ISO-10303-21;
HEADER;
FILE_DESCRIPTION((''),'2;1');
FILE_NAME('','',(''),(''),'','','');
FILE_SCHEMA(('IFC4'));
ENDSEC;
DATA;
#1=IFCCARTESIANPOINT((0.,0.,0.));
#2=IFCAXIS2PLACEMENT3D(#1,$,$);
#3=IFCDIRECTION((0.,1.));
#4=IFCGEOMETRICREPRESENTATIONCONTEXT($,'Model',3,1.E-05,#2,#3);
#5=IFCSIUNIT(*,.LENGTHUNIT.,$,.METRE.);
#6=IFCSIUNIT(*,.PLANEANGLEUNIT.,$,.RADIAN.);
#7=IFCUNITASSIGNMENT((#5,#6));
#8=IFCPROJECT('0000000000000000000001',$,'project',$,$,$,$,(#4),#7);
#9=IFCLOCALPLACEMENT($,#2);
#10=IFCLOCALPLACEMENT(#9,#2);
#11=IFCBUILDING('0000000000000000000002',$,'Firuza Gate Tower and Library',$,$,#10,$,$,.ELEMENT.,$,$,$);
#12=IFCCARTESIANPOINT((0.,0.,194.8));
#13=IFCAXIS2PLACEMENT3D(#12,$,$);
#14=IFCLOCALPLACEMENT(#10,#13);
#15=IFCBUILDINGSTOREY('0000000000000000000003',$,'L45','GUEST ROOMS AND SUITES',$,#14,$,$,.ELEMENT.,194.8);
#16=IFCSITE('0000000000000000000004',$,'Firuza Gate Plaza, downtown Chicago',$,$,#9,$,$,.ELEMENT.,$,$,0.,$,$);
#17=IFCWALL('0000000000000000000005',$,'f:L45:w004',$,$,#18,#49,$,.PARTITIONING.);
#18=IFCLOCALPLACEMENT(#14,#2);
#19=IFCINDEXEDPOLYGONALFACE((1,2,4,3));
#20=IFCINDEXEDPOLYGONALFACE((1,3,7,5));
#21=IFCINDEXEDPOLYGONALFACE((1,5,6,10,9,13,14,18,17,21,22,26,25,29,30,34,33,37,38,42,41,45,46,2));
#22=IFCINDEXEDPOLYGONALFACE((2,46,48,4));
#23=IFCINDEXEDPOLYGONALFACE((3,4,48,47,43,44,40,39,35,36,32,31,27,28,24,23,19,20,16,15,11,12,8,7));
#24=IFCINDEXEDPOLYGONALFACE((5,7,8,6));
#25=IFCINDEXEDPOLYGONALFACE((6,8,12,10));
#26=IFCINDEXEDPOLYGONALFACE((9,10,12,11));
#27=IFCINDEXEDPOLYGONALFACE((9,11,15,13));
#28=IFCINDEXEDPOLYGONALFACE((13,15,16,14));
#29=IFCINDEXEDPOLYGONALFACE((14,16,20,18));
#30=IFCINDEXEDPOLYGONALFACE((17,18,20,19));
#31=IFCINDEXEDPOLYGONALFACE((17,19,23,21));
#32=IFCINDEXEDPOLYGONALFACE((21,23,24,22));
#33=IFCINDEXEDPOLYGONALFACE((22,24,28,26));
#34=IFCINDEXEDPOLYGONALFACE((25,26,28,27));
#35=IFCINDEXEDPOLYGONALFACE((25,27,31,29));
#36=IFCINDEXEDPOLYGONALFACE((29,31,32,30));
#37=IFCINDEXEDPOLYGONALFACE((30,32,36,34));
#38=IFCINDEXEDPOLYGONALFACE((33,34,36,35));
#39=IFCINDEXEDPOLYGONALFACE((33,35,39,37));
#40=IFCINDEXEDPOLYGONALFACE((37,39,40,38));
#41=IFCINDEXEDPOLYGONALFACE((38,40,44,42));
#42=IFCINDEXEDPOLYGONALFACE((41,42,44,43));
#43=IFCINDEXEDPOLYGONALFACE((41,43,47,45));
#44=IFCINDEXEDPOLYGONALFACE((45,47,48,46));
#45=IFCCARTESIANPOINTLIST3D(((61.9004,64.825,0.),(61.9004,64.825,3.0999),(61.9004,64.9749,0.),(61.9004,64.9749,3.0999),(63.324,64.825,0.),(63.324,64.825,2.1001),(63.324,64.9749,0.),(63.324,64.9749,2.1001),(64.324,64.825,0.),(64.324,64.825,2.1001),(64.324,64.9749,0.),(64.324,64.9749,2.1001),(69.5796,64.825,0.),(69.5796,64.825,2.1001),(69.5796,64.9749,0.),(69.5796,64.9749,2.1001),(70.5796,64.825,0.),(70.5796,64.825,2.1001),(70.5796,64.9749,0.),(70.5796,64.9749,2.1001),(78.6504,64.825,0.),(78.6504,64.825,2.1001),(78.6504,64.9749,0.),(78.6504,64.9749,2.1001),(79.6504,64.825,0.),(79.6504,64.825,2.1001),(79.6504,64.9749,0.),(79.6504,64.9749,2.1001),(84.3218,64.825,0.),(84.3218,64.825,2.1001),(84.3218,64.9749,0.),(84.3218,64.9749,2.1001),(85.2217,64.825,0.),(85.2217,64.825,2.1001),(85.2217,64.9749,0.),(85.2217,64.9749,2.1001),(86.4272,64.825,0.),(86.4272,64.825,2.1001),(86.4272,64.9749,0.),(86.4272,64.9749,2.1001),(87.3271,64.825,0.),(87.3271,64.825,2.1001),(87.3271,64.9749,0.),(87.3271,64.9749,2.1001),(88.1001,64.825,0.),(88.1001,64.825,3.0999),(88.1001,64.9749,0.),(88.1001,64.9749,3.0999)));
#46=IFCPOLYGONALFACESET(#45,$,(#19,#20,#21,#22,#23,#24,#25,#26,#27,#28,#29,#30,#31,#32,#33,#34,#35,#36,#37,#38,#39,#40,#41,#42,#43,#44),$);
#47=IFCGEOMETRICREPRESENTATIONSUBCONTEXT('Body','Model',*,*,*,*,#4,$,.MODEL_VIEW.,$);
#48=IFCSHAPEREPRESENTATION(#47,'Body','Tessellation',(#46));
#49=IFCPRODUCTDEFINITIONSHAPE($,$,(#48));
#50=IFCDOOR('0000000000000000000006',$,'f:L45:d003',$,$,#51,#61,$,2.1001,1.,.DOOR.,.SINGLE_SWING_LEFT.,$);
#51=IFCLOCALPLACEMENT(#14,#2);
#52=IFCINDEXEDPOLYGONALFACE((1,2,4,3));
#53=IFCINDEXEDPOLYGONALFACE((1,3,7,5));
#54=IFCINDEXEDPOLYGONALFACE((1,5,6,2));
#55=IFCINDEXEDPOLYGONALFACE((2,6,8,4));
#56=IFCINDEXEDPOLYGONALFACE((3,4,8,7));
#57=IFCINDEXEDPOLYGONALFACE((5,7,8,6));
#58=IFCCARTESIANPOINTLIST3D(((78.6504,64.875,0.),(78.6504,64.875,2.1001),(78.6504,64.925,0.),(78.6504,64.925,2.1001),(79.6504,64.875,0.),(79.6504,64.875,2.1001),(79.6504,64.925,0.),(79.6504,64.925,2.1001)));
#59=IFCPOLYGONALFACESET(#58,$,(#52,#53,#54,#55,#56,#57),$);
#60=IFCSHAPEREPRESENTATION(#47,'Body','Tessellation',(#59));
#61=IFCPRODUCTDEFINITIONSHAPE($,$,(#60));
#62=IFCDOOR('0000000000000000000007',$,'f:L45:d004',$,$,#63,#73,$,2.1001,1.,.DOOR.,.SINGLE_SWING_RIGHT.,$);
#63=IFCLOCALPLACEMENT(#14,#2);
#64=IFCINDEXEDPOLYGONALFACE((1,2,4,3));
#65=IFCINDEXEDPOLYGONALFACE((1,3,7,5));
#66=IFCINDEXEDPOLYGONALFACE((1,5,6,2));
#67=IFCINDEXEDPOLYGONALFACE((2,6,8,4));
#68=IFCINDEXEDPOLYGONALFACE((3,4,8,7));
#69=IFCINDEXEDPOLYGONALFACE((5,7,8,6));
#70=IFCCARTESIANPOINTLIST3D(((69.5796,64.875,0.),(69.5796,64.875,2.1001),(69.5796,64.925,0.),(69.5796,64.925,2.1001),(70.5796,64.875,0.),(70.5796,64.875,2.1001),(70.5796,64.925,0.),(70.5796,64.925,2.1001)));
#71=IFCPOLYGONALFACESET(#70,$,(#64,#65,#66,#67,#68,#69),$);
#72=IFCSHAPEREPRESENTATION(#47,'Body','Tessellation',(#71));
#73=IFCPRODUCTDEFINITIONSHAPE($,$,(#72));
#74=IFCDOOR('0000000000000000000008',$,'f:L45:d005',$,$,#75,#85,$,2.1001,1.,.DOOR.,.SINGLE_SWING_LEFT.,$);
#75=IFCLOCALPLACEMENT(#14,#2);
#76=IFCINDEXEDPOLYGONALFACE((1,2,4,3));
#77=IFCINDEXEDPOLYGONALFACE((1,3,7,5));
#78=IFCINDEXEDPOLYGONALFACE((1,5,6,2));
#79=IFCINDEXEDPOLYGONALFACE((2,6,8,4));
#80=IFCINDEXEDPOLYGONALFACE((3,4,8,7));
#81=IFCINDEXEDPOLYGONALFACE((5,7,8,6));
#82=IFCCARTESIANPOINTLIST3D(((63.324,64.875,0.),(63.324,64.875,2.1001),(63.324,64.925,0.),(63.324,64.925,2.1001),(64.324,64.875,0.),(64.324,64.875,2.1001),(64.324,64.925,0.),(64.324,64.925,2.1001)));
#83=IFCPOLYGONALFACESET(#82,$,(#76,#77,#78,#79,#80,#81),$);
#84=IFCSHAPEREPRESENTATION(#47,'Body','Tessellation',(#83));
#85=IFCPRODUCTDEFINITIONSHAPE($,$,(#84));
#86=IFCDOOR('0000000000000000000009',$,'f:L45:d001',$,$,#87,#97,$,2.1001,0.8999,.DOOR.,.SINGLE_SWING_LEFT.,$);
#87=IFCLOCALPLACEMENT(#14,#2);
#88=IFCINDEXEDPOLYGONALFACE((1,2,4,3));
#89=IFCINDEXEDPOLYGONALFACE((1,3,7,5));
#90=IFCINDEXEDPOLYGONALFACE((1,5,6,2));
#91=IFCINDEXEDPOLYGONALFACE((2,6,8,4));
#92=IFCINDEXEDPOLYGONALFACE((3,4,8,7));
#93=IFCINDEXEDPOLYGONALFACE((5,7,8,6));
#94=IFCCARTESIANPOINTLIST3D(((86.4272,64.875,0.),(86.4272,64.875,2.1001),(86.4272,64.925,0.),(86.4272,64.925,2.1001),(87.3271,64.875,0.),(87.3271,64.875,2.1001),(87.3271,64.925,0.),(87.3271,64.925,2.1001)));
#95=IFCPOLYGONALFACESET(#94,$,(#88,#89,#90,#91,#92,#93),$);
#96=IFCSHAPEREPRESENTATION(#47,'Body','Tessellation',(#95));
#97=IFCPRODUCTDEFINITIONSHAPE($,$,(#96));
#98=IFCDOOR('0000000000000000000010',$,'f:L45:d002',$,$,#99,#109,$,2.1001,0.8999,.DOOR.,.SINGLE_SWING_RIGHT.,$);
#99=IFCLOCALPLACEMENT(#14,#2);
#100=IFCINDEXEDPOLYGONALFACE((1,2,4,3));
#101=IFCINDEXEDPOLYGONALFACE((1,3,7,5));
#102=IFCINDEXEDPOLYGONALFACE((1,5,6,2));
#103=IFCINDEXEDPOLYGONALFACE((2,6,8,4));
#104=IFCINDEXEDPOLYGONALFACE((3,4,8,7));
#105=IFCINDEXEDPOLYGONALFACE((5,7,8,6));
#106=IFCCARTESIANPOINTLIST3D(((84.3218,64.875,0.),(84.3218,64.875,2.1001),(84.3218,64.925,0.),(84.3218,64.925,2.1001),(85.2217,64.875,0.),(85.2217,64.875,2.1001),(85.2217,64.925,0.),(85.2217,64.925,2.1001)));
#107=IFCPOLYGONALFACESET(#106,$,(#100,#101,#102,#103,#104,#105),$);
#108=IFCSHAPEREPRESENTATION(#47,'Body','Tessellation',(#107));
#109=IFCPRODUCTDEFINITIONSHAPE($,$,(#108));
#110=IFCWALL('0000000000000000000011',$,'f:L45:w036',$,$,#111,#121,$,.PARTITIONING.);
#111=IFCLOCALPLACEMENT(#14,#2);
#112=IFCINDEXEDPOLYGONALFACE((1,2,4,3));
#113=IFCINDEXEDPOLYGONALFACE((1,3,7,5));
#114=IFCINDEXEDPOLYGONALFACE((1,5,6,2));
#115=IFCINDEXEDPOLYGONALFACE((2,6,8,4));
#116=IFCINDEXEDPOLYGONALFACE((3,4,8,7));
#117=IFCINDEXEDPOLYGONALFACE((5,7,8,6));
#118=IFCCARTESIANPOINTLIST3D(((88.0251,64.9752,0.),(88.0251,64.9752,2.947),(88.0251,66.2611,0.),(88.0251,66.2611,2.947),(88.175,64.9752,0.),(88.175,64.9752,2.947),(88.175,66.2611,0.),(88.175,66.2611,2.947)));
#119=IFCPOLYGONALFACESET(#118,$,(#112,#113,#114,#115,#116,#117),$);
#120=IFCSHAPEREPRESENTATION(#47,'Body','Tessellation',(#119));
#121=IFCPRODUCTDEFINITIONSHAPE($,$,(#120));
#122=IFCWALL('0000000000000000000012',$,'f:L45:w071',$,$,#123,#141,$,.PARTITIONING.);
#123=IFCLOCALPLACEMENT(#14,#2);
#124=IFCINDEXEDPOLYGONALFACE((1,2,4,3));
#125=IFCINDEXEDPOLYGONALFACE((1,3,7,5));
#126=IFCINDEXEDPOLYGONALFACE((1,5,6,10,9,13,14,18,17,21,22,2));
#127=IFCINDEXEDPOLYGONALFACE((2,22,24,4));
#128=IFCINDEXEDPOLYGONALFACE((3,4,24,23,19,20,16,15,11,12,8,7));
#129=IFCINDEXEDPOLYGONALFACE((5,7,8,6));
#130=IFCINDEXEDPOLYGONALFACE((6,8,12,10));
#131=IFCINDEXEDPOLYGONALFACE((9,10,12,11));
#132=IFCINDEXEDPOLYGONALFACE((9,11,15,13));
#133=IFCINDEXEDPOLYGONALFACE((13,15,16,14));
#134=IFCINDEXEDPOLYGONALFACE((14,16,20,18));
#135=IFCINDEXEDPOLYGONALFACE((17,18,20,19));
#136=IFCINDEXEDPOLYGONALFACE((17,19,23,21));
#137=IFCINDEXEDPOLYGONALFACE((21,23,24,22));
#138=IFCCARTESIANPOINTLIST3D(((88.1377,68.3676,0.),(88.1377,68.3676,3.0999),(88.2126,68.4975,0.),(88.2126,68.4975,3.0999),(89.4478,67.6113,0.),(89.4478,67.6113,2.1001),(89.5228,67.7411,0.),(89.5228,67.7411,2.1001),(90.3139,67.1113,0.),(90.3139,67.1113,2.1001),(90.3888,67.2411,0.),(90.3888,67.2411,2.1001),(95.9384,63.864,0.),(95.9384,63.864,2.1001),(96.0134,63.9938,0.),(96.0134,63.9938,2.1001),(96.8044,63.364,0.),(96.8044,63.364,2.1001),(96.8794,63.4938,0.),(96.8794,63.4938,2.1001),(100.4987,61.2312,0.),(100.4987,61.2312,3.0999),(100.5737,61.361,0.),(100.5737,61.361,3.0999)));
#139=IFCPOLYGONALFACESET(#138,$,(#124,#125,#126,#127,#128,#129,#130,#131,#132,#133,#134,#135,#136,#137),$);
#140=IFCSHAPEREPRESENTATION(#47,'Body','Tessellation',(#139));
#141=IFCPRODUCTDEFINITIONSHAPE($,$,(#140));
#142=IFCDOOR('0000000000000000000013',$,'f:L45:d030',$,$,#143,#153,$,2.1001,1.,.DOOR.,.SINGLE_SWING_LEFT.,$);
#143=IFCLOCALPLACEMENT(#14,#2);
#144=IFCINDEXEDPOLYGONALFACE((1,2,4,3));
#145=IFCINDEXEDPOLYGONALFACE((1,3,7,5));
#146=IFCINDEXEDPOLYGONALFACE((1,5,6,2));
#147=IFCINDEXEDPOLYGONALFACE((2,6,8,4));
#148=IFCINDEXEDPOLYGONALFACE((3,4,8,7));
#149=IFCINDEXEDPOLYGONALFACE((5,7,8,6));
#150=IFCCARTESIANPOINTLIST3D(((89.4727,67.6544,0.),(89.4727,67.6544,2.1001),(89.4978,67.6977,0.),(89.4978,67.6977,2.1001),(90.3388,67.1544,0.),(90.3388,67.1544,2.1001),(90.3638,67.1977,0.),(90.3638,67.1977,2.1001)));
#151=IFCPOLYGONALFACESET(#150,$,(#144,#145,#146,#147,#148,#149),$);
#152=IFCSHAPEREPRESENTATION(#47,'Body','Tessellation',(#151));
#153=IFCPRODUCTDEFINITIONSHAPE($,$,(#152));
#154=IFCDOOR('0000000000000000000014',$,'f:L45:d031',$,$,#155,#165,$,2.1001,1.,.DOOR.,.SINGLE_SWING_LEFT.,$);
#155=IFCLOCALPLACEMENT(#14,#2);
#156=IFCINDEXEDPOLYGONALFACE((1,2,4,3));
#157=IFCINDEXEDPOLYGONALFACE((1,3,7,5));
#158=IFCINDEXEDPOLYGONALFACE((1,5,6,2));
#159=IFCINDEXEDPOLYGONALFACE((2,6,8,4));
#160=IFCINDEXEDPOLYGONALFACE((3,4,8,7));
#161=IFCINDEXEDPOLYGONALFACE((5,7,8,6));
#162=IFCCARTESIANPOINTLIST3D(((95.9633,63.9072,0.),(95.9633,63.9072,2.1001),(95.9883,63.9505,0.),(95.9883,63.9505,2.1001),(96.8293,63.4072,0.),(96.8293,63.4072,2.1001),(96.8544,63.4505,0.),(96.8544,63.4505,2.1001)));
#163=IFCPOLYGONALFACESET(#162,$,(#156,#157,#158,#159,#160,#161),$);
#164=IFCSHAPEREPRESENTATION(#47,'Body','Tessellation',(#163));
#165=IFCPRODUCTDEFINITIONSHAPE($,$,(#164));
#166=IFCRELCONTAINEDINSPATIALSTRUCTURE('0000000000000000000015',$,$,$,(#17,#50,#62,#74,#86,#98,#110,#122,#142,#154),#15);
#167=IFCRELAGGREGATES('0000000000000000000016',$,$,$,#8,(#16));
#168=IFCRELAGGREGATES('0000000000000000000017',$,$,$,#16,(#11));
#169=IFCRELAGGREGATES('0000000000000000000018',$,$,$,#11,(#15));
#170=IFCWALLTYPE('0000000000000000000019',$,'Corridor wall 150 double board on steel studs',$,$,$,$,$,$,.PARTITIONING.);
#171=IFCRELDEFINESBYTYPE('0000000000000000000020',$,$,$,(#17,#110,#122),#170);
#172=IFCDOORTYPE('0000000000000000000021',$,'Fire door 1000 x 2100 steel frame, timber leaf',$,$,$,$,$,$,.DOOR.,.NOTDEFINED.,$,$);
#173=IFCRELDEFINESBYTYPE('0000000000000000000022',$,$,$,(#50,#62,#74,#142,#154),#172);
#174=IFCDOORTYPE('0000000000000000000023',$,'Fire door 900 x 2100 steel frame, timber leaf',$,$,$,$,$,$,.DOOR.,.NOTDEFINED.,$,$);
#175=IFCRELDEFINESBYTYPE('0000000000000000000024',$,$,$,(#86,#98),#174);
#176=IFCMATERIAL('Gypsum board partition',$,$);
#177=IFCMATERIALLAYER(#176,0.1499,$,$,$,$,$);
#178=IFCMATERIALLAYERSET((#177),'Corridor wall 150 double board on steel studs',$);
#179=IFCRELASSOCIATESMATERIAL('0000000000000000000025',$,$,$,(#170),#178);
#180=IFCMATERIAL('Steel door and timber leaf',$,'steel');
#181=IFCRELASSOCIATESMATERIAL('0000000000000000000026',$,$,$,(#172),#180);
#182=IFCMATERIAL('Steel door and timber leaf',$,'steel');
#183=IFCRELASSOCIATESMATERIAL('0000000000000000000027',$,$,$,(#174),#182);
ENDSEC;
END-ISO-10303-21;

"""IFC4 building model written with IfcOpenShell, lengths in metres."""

from ifc_helpers import new_model, si_unit, direction, frame, frame_2d, origin, place, context, subcontext, project, spatial, rectangle, extrude, material, layer, layer_set, type_object, element, fill, save


model = new_model("IFC4")

# Units and contexts
model_context = context("Model", 3, precision=1e-05, world=origin(), true_north=direction((0.0, 1.0)))
body_context = subcontext(model_context, "Body", "Model", "MODEL_VIEW")
ifc_project = project(units=[si_unit("LENGTHUNIT", "METRE"), si_unit("PLANEANGLEUNIT", "RADIAN")], contexts=[model_context])

# Site, building, storey
site_placement = place(None, origin())
site = spatial("IfcSite", under=ifc_project, at=site_placement, Name="Firuza Gate Plaza, downtown Chicago", CompositionType="ELEMENT", RefElevation=0.0)
building_placement = place(site_placement, origin())
building = spatial("IfcBuilding", under=site, at=building_placement, Name="Firuza Gate Tower and Library", CompositionType="ELEMENT")
storey_placement = place(building_placement, frame((0.0, 0.0, 194.8)))
storey = spatial("IfcBuildingStorey", under=building, at=storey_placement, Name="L45", Description="GUEST ROOMS AND SUITES", CompositionType="ELEMENT", Elevation=194.8)

# Wall, openings, doors
ifc_material_1 = material(Name="Gypsum board partition")
ifc_layer_1 = layer(ifc_material_1, 0.1499)
ifc_layer_set_1 = layer_set([ifc_layer_1], Name="Corridor wall 150 double board on steel studs")
wall_type_1 = type_object("IfcWallType", Name="Corridor wall 150 double board on steel studs", PredefinedType="PARTITIONING", material=ifc_layer_set_1)
wall_1_placement = place(storey_placement, frame((88.1001, 64.8999, 0.0), z_axis=(0.0, 0.0, 1.0), x_axis=(-1.0, 0.0, 0.0)))
wall_1 = element("IfcWall", 1, at=wall_1_placement, inside=storey, type_object=wall_type_1, Name="f:L45:w004", PredefinedType="PARTITIONING", context=body_context, shape_type="SweptSolid", body=[
    extrude(rectangle(XDim=26.1997, YDim=0.1499, at=frame_2d((13.0999, 0.0))), origin(), (0.0, 0.0, 1.0), 3.0999),
])
opening_1_placement = place(wall_1_placement, frame((0.7729, 0.0, 0.0)))
opening_1 = element("IfcOpeningElement", 2, at=opening_1_placement, cuts=wall_1, PredefinedType="OPENING", context=body_context, shape_type="SweptSolid", body=[
    extrude(rectangle(XDim=0.8999, YDim=2.1001, at=frame_2d((0.45, 1.05))), frame((0.0, 0.085, 0.0), z_axis=(0.0, -1.0, 0.0), x_axis=(1.0, 0.0, 0.0)), (0.0, 0.0, 1.0), 0.1699),
])
opening_2_placement = place(wall_1_placement, frame((2.8784, 0.0, 0.0)))
opening_2 = element("IfcOpeningElement", 3, at=opening_2_placement, cuts=wall_1, PredefinedType="OPENING", context=body_context, shape_type="SweptSolid", body=[
    extrude(rectangle(XDim=0.8999, YDim=2.1001, at=frame_2d((0.45, 1.05))), frame((0.0, 0.085, 0.0), z_axis=(0.0, -1.0, 0.0), x_axis=(1.0, 0.0, 0.0)), (0.0, 0.0, 1.0), 0.1699),
])
opening_3_placement = place(wall_1_placement, frame((8.4497, 0.0, 0.0)))
opening_3 = element("IfcOpeningElement", 4, at=opening_3_placement, cuts=wall_1, PredefinedType="OPENING", context=body_context, shape_type="SweptSolid", body=[
    extrude(rectangle(XDim=1.0, YDim=2.1001, at=frame_2d((0.5, 1.05))), frame((0.0, 0.085, 0.0), z_axis=(0.0, -1.0, 0.0), x_axis=(1.0, 0.0, 0.0)), (0.0, 0.0, 1.0), 0.1699),
])
opening_4_placement = place(wall_1_placement, frame((17.5205, 0.0, 0.0)))
opening_4 = element("IfcOpeningElement", 5, at=opening_4_placement, cuts=wall_1, PredefinedType="OPENING", context=body_context, shape_type="SweptSolid", body=[
    extrude(rectangle(XDim=1.0, YDim=2.1001, at=frame_2d((0.5, 1.05))), frame((0.0, 0.085, 0.0), z_axis=(0.0, -1.0, 0.0), x_axis=(1.0, 0.0, 0.0)), (0.0, 0.0, 1.0), 0.1699),
])
opening_5_placement = place(wall_1_placement, frame((23.7761, 0.0, 0.0)))
opening_5 = element("IfcOpeningElement", 6, at=opening_5_placement, cuts=wall_1, PredefinedType="OPENING", context=body_context, shape_type="SweptSolid", body=[
    extrude(rectangle(XDim=1.0, YDim=2.1001, at=frame_2d((0.5, 1.05))), frame((0.0, 0.085, 0.0), z_axis=(0.0, -1.0, 0.0), x_axis=(1.0, 0.0, 0.0)), (0.0, 0.0, 1.0), 0.1699),
])
ifc_material_2 = material(Name="Steel door and timber leaf", Category="steel")
door_type_1 = type_object("IfcDoorType", Name="Fire door 1000 x 2100 steel frame, timber leaf", OperationType="NOTDEFINED", PredefinedType="DOOR", material=ifc_material_2)
door_1_placement = place(opening_3_placement, origin())
door_1 = element("IfcDoor", 7, at=door_1_placement, inside=storey, type_object=door_type_1, Name="f:L45:d003", OperationType="SINGLE_SWING_LEFT", OverallHeight=2.1001, OverallWidth=1.0, PredefinedType="DOOR", context=body_context, shape_type="SweptSolid", body=[
    extrude(rectangle(XDim=1.0, YDim=2.1001, at=frame_2d((0.5, 1.05))), frame((0.0, 0.0249, 0.0), z_axis=(0.0, -1.0, 0.0), x_axis=(1.0, 0.0, 0.0)), (0.0, 0.0, 1.0), 0.05),
])
fill(opening_3, door_1)
door_2_placement = place(opening_4_placement, origin())
door_2 = element("IfcDoor", 8, at=door_2_placement, inside=storey, type_object=door_type_1, Name="f:L45:d004", OperationType="SINGLE_SWING_RIGHT", OverallHeight=2.1001, OverallWidth=1.0, PredefinedType="DOOR", context=body_context, shape_type="SweptSolid", body=[
    extrude(rectangle(XDim=1.0, YDim=2.1001, at=frame_2d((0.5, 1.05))), frame((0.0, 0.0249, 0.0), z_axis=(0.0, -1.0, 0.0), x_axis=(1.0, 0.0, 0.0)), (0.0, 0.0, 1.0), 0.05),
])
fill(opening_4, door_2)
door_3_placement = place(opening_5_placement, origin())
door_3 = element("IfcDoor", 9, at=door_3_placement, inside=storey, type_object=door_type_1, Name="f:L45:d005", OperationType="SINGLE_SWING_LEFT", OverallHeight=2.1001, OverallWidth=1.0, PredefinedType="DOOR", context=body_context, shape_type="SweptSolid", body=[
    extrude(rectangle(XDim=1.0, YDim=2.1001, at=frame_2d((0.5, 1.05))), frame((0.0, 0.0249, 0.0), z_axis=(0.0, -1.0, 0.0), x_axis=(1.0, 0.0, 0.0)), (0.0, 0.0, 1.0), 0.05),
])
fill(opening_5, door_3)
ifc_material_3 = material(Name="Steel door and timber leaf", Category="steel")
door_type_2 = type_object("IfcDoorType", Name="Fire door 900 x 2100 steel frame, timber leaf", OperationType="NOTDEFINED", PredefinedType="DOOR", material=ifc_material_3)
door_4_placement = place(opening_1_placement, origin())
door_4 = element("IfcDoor", 10, at=door_4_placement, inside=storey, type_object=door_type_2, Name="f:L45:d001", OperationType="SINGLE_SWING_LEFT", OverallHeight=2.1001, OverallWidth=0.8999, PredefinedType="DOOR", context=body_context, shape_type="SweptSolid", body=[
    extrude(rectangle(XDim=0.8999, YDim=2.1001, at=frame_2d((0.45, 1.05))), frame((0.0, 0.0249, 0.0), z_axis=(0.0, -1.0, 0.0), x_axis=(1.0, 0.0, 0.0)), (0.0, 0.0, 1.0), 0.05),
])
fill(opening_1, door_4)
door_5_placement = place(opening_2_placement, origin())
door_5 = element("IfcDoor", 11, at=door_5_placement, inside=storey, type_object=door_type_2, Name="f:L45:d002", OperationType="SINGLE_SWING_RIGHT", OverallHeight=2.1001, OverallWidth=0.8999, PredefinedType="DOOR", context=body_context, shape_type="SweptSolid", body=[
    extrude(rectangle(XDim=0.8999, YDim=2.1001, at=frame_2d((0.45, 1.05))), frame((0.0, 0.0249, 0.0), z_axis=(0.0, -1.0, 0.0), x_axis=(1.0, 0.0, 0.0)), (0.0, 0.0, 1.0), 0.05),
])
fill(opening_2, door_5)

# Wall
wall_2_placement = place(storey_placement, frame((88.1001, 64.9751, 0.0), z_axis=(0.0, 0.0, 1.0), x_axis=(0.0, 1.0, 0.0)))
element("IfcWall", 12, at=wall_2_placement, inside=storey, type_object=wall_type_1, Name="f:L45:w036", PredefinedType="PARTITIONING", context=body_context, shape_type="SweptSolid", body=[
    extrude(rectangle(XDim=1.2859, YDim=0.1499, at=frame_2d((0.6431, 0.0))), origin(), (0.0, 0.0, 1.0), 2.947),
])

# Wall, openings, doors
wall_3_placement = place(storey_placement, frame((88.175, 68.4326, 0.0), z_axis=(0.0, 0.0, 1.0), x_axis=(0.866031, -0.499989, 0.0)))
wall_3 = element("IfcWall", 13, at=wall_3_placement, inside=storey, type_object=wall_type_1, Name="f:L45:w071", PredefinedType="PARTITIONING", context=body_context, shape_type="SweptSolid", body=[
    extrude(rectangle(XDim=14.2732, YDim=0.1499, at=frame_2d((7.1367, 0.0))), origin(), (0.0, 0.0, 1.0), 3.0999),
])
opening_6_placement = place(wall_3_placement, frame((1.5129, 0.0, 0.0)))
opening_6 = element("IfcOpeningElement", 14, at=opening_6_placement, cuts=wall_3, PredefinedType="OPENING", context=body_context, shape_type="SweptSolid", body=[
    extrude(rectangle(XDim=1.0, YDim=2.1001, at=frame_2d((0.5, 1.05))), frame((0.0, 0.085, 0.0), z_axis=(0.0, -1.0, 0.0), x_axis=(1.0, 0.0, 0.0)), (0.0, 0.0, 1.0), 0.1699),
])
opening_7_placement = place(wall_3_placement, frame((9.0076, 0.0, 0.0)))
opening_7 = element("IfcOpeningElement", 15, at=opening_7_placement, cuts=wall_3, PredefinedType="OPENING", context=body_context, shape_type="SweptSolid", body=[
    extrude(rectangle(XDim=1.0, YDim=2.1001, at=frame_2d((0.5, 1.05))), frame((0.0, 0.085, 0.0), z_axis=(0.0, -1.0, 0.0), x_axis=(1.0, 0.0, 0.0)), (0.0, 0.0, 1.0), 0.1699),
])
door_6_placement = place(opening_6_placement, origin())
door_6 = element("IfcDoor", 16, at=door_6_placement, inside=storey, type_object=door_type_1, Name="f:L45:d030", OperationType="SINGLE_SWING_LEFT", OverallHeight=2.1001, OverallWidth=1.0, PredefinedType="DOOR", context=body_context, shape_type="SweptSolid", body=[
    extrude(rectangle(XDim=1.0, YDim=2.1001, at=frame_2d((0.5, 1.05))), frame((0.0, 0.0249, 0.0), z_axis=(0.0, -1.0, 0.0), x_axis=(1.0, 0.0, 0.0)), (0.0, 0.0, 1.0), 0.05),
])
fill(opening_6, door_6)
door_7_placement = place(opening_7_placement, origin())
door_7 = element("IfcDoor", 17, at=door_7_placement, inside=storey, type_object=door_type_1, Name="f:L45:d031", OperationType="SINGLE_SWING_LEFT", OverallHeight=2.1001, OverallWidth=1.0, PredefinedType="DOOR", context=body_context, shape_type="SweptSolid", body=[
    extrude(rectangle(XDim=1.0, YDim=2.1001, at=frame_2d((0.5, 1.05))), frame((0.0, 0.0249, 0.0), z_axis=(0.0, -1.0, 0.0), x_axis=(1.0, 0.0, 0.0)), (0.0, 0.0, 1.0), 0.05),
])
fill(opening_7, door_7)

save(model, "model.ifc")
